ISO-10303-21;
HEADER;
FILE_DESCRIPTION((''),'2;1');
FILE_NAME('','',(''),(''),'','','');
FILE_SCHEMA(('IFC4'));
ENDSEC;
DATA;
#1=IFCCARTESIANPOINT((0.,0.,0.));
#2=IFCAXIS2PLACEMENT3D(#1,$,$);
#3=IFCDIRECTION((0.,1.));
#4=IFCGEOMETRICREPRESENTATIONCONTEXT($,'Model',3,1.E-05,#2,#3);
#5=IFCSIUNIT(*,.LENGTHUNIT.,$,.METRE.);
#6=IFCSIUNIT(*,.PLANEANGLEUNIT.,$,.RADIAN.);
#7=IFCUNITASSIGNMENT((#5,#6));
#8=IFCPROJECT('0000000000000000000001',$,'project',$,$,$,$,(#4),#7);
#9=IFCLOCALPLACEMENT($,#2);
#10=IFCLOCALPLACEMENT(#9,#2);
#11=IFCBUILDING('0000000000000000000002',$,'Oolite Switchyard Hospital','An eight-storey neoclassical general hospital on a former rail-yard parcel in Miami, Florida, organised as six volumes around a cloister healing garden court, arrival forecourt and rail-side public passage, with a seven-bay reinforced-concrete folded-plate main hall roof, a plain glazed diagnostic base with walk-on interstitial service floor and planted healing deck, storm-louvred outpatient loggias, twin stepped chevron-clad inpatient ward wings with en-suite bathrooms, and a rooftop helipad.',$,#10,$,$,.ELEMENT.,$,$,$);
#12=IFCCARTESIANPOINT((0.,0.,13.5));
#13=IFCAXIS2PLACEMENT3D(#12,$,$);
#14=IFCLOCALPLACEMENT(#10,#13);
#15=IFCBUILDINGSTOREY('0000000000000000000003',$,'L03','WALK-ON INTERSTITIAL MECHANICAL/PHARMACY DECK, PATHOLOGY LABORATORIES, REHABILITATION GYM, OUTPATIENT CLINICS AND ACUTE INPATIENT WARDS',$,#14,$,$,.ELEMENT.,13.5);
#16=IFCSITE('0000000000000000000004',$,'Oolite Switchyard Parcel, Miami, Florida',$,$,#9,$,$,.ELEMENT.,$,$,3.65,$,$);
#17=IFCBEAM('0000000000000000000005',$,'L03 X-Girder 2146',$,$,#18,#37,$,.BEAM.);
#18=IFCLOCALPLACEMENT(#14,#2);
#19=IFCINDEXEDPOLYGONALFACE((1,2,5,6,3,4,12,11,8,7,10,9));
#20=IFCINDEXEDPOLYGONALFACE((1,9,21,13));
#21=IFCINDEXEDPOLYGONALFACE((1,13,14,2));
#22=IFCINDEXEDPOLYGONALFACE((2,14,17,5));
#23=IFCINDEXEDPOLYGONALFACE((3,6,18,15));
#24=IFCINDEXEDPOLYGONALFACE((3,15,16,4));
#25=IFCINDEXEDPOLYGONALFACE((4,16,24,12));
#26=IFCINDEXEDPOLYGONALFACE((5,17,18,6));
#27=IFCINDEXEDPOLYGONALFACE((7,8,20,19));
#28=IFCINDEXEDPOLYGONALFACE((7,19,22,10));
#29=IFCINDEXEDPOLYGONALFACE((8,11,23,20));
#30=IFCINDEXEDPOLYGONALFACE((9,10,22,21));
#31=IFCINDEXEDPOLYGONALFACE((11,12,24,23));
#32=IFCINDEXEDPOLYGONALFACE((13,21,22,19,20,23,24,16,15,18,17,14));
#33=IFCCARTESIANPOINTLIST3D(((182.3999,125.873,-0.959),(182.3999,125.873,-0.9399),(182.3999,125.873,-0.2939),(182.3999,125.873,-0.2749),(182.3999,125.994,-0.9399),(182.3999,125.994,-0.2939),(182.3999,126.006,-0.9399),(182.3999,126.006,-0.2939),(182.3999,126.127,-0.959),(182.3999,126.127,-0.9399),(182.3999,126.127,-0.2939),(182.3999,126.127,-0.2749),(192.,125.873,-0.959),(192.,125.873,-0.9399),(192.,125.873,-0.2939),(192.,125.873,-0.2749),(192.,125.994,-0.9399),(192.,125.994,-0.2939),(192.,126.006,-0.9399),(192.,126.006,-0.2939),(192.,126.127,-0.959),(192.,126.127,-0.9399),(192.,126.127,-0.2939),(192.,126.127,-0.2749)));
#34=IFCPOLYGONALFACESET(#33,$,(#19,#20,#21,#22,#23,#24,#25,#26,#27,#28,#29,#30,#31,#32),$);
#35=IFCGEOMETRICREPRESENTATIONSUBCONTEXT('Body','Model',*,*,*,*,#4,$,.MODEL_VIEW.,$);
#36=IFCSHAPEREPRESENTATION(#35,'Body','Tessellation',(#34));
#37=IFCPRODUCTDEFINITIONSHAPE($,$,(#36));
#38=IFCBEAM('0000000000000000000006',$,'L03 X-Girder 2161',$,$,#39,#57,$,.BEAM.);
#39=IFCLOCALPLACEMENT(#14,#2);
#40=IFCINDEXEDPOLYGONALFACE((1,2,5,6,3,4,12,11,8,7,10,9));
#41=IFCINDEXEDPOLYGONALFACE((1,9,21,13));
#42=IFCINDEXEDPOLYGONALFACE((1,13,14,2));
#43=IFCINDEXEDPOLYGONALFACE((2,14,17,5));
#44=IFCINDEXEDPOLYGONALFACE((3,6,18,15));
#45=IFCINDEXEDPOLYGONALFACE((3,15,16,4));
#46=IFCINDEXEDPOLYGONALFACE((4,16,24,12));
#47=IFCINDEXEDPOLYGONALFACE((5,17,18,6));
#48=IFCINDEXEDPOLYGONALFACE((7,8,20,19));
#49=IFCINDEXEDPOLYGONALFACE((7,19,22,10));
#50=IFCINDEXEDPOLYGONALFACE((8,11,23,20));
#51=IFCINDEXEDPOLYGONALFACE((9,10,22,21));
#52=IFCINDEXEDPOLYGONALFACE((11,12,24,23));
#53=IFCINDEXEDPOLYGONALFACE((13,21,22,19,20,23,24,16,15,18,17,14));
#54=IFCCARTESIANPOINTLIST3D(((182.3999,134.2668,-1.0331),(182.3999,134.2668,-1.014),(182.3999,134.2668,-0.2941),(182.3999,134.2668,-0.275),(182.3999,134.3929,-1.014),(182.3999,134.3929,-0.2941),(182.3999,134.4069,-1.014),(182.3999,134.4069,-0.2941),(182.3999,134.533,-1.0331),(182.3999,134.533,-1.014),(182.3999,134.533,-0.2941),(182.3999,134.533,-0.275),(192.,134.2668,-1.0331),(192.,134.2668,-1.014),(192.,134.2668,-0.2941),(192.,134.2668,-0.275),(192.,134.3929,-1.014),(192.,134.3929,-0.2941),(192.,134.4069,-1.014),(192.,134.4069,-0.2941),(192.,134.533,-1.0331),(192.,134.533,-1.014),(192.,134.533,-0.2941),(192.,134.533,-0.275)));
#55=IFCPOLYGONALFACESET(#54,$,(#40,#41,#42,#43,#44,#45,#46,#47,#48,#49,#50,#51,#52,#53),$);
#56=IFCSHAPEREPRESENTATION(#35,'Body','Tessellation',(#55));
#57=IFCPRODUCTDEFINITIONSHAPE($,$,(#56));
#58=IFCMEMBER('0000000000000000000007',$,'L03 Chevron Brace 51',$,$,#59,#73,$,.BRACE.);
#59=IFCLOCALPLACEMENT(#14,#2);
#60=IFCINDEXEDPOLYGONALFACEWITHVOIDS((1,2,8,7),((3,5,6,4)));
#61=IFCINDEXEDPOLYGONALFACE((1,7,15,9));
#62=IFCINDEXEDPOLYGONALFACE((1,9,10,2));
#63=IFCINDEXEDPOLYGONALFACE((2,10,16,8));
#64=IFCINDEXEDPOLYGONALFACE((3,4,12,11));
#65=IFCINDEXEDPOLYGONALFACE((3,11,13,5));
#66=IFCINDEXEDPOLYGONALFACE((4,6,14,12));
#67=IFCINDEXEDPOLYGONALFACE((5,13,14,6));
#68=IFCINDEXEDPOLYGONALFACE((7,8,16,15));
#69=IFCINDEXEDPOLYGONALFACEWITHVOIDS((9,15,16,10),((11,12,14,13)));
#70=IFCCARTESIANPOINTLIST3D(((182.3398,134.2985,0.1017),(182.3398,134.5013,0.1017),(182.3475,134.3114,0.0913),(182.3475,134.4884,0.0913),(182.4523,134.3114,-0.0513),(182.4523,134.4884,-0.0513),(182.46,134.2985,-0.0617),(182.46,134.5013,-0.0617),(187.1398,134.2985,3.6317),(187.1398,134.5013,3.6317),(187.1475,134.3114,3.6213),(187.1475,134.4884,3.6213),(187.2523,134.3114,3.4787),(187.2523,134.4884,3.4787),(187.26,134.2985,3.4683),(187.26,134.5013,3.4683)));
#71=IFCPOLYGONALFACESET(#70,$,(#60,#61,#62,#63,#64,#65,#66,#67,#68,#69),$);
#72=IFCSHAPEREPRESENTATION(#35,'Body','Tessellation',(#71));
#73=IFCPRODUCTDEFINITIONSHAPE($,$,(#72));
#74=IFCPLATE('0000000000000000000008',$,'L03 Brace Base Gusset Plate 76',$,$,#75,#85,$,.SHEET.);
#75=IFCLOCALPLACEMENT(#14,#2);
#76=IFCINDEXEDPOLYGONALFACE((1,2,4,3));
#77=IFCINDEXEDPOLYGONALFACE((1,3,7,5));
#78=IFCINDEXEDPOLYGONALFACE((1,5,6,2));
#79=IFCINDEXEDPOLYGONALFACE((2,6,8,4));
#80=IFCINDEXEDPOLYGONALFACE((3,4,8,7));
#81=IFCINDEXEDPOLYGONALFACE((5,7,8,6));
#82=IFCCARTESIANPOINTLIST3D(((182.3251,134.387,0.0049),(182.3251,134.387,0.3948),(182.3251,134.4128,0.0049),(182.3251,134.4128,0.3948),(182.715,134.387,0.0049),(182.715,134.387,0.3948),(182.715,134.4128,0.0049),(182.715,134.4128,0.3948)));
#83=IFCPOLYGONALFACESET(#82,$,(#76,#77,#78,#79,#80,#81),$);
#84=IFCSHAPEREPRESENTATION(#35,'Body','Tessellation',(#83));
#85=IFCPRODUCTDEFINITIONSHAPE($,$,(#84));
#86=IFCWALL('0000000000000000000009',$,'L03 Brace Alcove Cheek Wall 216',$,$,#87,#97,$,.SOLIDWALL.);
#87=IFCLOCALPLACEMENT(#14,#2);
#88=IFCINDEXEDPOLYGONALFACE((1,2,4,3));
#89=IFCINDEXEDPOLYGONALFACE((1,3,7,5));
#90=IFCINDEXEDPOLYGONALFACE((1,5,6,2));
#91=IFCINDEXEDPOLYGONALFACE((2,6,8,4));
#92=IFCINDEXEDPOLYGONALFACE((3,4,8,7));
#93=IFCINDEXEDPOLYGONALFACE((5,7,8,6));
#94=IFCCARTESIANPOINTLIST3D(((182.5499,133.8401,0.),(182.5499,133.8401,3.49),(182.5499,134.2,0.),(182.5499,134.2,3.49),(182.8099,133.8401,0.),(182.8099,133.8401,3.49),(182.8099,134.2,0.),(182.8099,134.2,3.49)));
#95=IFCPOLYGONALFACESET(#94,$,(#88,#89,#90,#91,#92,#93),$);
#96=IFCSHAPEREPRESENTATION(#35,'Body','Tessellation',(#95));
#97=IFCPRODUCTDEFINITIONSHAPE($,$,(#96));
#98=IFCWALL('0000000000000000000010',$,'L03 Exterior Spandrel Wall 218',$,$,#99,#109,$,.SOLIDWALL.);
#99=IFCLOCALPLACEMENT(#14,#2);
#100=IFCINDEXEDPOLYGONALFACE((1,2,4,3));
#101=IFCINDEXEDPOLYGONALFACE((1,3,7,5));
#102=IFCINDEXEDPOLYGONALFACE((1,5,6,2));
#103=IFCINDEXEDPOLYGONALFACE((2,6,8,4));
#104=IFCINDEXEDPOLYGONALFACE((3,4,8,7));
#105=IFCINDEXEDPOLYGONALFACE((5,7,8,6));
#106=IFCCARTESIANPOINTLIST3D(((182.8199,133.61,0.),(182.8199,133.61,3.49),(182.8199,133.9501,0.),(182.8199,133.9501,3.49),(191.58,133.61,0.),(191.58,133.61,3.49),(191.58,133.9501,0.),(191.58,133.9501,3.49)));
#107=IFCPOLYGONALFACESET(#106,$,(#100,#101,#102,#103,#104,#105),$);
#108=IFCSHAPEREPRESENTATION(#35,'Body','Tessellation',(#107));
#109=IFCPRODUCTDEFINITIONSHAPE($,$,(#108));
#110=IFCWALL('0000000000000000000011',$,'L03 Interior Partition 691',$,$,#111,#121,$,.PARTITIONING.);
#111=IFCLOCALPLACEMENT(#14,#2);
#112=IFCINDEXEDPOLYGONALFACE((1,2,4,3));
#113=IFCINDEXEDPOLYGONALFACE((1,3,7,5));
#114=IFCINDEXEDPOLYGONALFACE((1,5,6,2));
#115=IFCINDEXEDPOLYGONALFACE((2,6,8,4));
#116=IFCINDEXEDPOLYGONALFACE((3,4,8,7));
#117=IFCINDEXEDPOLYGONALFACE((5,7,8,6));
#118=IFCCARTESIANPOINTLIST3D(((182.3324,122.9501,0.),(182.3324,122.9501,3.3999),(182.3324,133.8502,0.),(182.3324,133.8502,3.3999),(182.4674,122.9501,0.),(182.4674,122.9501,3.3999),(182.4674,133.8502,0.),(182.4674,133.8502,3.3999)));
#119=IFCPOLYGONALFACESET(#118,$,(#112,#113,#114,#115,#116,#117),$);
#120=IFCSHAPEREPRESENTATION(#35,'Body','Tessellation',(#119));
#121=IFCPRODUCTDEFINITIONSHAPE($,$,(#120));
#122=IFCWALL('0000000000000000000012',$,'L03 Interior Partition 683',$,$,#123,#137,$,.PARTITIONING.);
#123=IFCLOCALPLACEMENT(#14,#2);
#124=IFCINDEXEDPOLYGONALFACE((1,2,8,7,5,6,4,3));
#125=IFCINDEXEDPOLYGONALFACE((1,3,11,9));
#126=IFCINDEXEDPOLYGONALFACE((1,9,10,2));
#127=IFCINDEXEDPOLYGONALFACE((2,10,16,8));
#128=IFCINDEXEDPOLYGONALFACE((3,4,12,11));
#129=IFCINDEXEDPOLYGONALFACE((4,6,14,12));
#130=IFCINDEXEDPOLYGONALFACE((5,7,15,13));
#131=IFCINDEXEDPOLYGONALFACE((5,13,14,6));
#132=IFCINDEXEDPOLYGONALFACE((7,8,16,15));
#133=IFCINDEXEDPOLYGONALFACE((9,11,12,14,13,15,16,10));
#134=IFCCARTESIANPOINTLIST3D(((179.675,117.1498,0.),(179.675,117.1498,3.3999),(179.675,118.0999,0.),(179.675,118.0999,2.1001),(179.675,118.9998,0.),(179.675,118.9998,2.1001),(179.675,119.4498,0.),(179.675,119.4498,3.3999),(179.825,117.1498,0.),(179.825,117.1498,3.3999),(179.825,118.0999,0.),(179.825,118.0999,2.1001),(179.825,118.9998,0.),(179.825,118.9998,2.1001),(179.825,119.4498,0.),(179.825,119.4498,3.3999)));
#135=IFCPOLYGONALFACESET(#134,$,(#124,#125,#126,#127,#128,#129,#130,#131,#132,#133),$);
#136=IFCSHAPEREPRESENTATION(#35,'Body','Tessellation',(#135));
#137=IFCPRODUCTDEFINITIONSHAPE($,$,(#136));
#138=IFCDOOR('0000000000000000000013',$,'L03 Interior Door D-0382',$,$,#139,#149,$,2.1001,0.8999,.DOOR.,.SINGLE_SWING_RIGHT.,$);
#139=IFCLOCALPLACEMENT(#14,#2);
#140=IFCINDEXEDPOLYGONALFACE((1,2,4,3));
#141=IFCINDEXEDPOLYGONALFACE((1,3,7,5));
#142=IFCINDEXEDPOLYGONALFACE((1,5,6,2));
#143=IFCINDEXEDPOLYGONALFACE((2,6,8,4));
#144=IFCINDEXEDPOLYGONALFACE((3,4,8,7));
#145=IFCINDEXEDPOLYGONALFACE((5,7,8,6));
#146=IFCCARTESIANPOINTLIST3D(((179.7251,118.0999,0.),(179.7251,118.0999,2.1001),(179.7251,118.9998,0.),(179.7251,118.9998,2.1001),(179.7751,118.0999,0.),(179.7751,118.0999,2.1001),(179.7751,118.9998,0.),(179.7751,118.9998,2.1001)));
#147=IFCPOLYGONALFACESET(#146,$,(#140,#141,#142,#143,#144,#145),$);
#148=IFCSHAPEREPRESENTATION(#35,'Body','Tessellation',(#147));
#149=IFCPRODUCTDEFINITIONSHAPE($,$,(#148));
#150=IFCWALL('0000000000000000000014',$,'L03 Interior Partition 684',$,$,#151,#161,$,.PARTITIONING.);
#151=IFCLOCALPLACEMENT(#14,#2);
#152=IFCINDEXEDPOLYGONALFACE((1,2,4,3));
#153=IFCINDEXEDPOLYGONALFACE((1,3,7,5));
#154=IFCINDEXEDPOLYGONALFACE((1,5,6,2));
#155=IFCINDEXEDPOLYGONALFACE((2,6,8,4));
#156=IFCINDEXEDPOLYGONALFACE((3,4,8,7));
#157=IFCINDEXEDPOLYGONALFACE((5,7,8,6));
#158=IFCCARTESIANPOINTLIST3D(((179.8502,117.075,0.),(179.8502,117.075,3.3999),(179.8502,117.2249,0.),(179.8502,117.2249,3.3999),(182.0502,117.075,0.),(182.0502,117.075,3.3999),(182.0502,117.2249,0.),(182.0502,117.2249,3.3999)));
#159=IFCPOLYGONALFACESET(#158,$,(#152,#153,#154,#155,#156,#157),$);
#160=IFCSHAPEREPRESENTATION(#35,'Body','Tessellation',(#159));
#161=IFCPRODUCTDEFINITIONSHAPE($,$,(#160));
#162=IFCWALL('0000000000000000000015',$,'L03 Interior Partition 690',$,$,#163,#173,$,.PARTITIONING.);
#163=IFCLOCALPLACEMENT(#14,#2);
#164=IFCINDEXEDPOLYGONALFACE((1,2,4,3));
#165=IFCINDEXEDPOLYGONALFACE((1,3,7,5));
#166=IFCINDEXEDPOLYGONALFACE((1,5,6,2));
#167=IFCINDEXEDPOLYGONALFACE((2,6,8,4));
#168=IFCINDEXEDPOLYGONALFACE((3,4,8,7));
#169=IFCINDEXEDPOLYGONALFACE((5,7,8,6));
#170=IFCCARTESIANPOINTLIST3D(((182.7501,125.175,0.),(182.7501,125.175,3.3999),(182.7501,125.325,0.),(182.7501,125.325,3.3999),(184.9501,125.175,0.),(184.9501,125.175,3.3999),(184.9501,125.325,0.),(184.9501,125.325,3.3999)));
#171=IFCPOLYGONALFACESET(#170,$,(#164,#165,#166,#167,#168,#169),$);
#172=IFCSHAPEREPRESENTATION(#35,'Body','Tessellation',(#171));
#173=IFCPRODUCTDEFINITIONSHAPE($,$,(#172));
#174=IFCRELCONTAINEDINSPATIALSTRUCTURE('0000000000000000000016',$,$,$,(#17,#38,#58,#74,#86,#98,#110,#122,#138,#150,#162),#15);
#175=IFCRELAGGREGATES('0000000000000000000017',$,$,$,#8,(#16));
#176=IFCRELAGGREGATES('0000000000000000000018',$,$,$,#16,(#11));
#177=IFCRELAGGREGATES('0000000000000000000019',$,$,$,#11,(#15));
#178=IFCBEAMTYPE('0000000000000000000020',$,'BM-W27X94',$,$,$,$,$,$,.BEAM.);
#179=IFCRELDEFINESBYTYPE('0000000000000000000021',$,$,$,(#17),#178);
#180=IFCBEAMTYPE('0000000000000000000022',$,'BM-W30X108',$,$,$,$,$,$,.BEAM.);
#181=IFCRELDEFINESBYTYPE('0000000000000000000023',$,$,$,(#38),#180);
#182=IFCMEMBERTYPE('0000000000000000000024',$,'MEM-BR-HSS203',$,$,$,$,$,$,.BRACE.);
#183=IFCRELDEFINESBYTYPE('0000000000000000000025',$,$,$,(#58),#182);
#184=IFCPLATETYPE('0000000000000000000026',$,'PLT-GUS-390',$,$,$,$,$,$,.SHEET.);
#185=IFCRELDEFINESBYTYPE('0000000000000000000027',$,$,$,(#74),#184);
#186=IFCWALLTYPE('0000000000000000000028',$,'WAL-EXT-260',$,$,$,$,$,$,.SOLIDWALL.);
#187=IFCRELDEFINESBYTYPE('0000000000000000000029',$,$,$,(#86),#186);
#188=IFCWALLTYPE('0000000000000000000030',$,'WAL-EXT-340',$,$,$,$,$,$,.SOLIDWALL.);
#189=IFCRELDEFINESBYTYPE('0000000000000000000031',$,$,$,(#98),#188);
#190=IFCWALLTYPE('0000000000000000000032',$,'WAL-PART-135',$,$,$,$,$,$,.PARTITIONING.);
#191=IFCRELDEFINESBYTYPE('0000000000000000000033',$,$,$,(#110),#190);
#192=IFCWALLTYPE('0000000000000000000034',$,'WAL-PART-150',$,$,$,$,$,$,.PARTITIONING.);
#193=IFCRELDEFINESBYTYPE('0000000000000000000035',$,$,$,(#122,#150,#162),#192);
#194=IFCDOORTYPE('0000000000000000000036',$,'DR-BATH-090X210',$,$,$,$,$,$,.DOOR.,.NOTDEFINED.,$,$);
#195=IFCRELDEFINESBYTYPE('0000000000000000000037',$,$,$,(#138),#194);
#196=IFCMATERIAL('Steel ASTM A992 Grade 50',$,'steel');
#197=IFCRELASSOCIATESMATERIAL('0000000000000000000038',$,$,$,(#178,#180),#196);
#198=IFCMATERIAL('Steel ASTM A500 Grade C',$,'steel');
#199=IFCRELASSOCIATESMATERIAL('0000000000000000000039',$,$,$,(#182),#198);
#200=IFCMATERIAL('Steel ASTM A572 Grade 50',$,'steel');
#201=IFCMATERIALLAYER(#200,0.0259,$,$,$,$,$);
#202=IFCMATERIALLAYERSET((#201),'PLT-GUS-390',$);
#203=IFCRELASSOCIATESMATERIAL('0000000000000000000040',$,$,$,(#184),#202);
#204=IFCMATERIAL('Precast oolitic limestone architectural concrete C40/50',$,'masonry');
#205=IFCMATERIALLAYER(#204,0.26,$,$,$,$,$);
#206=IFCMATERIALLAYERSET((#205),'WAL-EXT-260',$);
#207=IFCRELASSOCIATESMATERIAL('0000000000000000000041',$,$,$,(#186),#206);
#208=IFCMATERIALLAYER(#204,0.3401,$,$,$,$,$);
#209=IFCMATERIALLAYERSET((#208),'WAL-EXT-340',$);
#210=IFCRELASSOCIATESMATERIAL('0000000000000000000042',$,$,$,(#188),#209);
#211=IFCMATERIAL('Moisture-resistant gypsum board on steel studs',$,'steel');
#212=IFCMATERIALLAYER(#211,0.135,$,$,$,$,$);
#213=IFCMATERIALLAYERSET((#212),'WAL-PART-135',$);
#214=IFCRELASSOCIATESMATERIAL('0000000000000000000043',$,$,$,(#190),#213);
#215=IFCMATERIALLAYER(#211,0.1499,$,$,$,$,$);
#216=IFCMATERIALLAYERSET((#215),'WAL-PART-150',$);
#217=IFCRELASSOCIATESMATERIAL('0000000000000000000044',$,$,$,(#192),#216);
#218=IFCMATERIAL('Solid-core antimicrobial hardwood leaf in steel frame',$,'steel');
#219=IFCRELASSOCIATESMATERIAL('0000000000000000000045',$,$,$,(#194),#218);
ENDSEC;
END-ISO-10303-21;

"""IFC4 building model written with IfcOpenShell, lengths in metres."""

from ifc_helpers import new_model, si_unit, direction, frame, frame_2d, origin, origin_2d, place, context, subcontext, project, spatial, rectangle, hollow_rectangle, i_section, extrude, material, layer, layer_set, material_profile, profile_set, type_object, element, fill, save


model = new_model("IFC4")

# Units and contexts
model_context = context("Model", 3, precision=1e-05, world=origin(), true_north=direction((0.0, 1.0)))
body_context = subcontext(model_context, "Body", "Model", "MODEL_VIEW")
ifc_project = project(units=[si_unit("LENGTHUNIT", "METRE"), si_unit("PLANEANGLEUNIT", "RADIAN")], contexts=[model_context])

# Site, building, storey
site_placement = place(None, origin())
site = spatial("IfcSite", under=ifc_project, at=site_placement, Name="Oolite Switchyard Parcel, Miami, Florida", CompositionType="ELEMENT", RefElevation=3.65)
building_placement = place(site_placement, origin())
building = spatial("IfcBuilding", under=site, at=building_placement, Name="Oolite Switchyard Hospital", Description="An eight-storey neoclassical general hospital on a former rail-yard parcel in Miami, Florida, organised as six volumes around a cloister healing garden court, arrival forecourt and rail-side public passage, with a seven-bay reinforced-concrete folded-plate main hall roof, a plain glazed diagnostic base with walk-on interstitial service floor and planted healing deck, storm-louvred outpatient loggias, twin stepped chevron-clad inpatient ward wings with en-suite bathrooms, and a rooftop helipad.", CompositionType="ELEMENT")
storey_placement = place(building_placement, frame((0.0, 0.0, 13.5)))
storey = spatial("IfcBuildingStorey", under=building, at=storey_placement, Name="L03", Description="WALK-ON INTERSTITIAL MECHANICAL/PHARMACY DECK, PATHOLOGY LABORATORIES, REHABILITATION GYM, OUTPATIENT CLINICS AND ACUTE INPATIENT WARDS", CompositionType="ELEMENT", Elevation=13.5)

# Beams
ifc_material_1 = material(Name="Steel ASTM A992 Grade 50", Category="steel")
ifc_material_profile_1 = material_profile(ifc_material_1, i_section(OverallWidth=0.2539, OverallDepth=0.6841, WebThickness=0.012, FlangeThickness=0.019, at=origin_2d()), Name="W27X94")
ifc_profile_set_1 = profile_set([ifc_material_profile_1], Name="Steel ASTM A992 Grade 50")
beam_type_1 = type_object("IfcBeamType", Name="BM-W27X94", PredefinedType="BEAM", material=ifc_profile_set_1)
for number, where, z_axis, x_axis, name in (
    (1, (182.3999, 126.0, -0.6169), (1.0, 0.0, 0.0), (0.0, 1.0, 0.0), "L03 X-Girder 2146"),
):
    element("IfcBeam", number, at=place(storey_placement, frame(where, z_axis=z_axis, x_axis=x_axis)), inside=storey, type_object=beam_type_1, Name=name, PredefinedType="BEAM", context=body_context, shape_type="SweptSolid", body=[
        extrude(i_section(OverallWidth=0.2539, OverallDepth=0.6841, WebThickness=0.012, FlangeThickness=0.019, at=origin_2d()), origin(), (0.0, 0.0, 1.0), 9.6001),
    ])
ifc_material_profile_2 = material_profile(ifc_material_1, i_section(OverallWidth=0.2661, OverallDepth=0.7581, WebThickness=0.0139, FlangeThickness=0.019, at=origin_2d()), Name="W30X108")
ifc_profile_set_2 = profile_set([ifc_material_profile_2], Name="Steel ASTM A992 Grade 50")
beam_type_2 = type_object("IfcBeamType", Name="BM-W30X108", PredefinedType="BEAM", material=ifc_profile_set_2)
beam_1_placement = place(storey_placement, frame((182.3999, 134.3999, -0.6541), z_axis=(1.0, 0.0, 0.0), x_axis=(0.0, 1.0, 0.0)))
element("IfcBeam", 2, at=beam_1_placement, inside=storey, type_object=beam_type_2, Name="L03 X-Girder 2161", PredefinedType="BEAM", context=body_context, shape_type="SweptSolid", body=[
    extrude(i_section(OverallWidth=0.2661, OverallDepth=0.7581, WebThickness=0.0139, FlangeThickness=0.019, at=origin_2d()), origin(), (0.0, 0.0, 1.0), 9.6001),
])

# Member
ifc_material_2 = material(Name="Steel ASTM A500 Grade C", Category="steel")
ifc_material_profile_3 = material_profile(ifc_material_2, hollow_rectangle(XDim=0.2029, YDim=0.2029, WallThickness=0.0129, at=origin_2d()), Name="HSS203X203X13")
ifc_profile_set_3 = profile_set([ifc_material_profile_3], Name="Steel ASTM A500 Grade C")
member_type = type_object("IfcMemberType", Name="MEM-BR-HSS203", PredefinedType="BRACE", material=ifc_profile_set_3)
member_placement = place(storey_placement, frame((182.3999, 134.3999, 0.02), z_axis=(0.805604, 0.0, 0.592454), x_axis=(0.0, 1.0, 0.0)))
element("IfcMember", 3, at=member_placement, inside=storey, type_object=member_type, Name="L03 Chevron Brace 51", PredefinedType="BRACE", context=body_context, shape_type="SweptSolid", body=[
    extrude(hollow_rectangle(XDim=0.2029, YDim=0.2029, WallThickness=0.0129, at=origin_2d()), origin(), (0.0, 0.0, 1.0), 5.9583),
])

# Plate
ifc_material_3 = material(Name="Steel ASTM A572 Grade 50", Category="steel")
ifc_layer_1 = layer(ifc_material_3, 0.0259)
ifc_layer_set_1 = layer_set([ifc_layer_1], Name="PLT-GUS-390")
plate_type = type_object("IfcPlateType", Name="PLT-GUS-390", PredefinedType="SHEET", material=ifc_layer_set_1)
plate_placement = place(storey_placement, frame((182.52, 134.3999, 0.0049), z_axis=(0.0, 0.0, 1.0), x_axis=(1.0, 0.0, 0.0)))
element("IfcPlate", 4, at=plate_placement, inside=storey, type_object=plate_type, Name="L03 Brace Base Gusset Plate 76", PredefinedType="SHEET", context=body_context, shape_type="SweptSolid", body=[
    extrude(rectangle(XDim=0.3899, YDim=0.0259, at=origin_2d()), origin(), (0.0, 0.0, 1.0), 0.3899),
])

# Walls
ifc_material_4 = material(Name="Precast oolitic limestone architectural concrete C40/50", Category="masonry")
ifc_layer_2 = layer(ifc_material_4, 0.26)
ifc_layer_set_2 = layer_set([ifc_layer_2], Name="WAL-EXT-260")
wall_type_1 = type_object("IfcWallType", Name="WAL-EXT-260", PredefinedType="SOLIDWALL", material=ifc_layer_set_2)
wall_1_placement = place(storey_placement, frame((182.6799, 134.2, 0.0), z_axis=(0.0, 0.0, 1.0), x_axis=(0.0, -1.0, 0.0)))
element("IfcWall", 5, at=wall_1_placement, inside=storey, type_object=wall_type_1, Name="L03 Brace Alcove Cheek Wall 216", PredefinedType="SOLIDWALL", context=body_context, shape_type="SweptSolid", body=[
    extrude(rectangle(XDim=0.3599, YDim=0.26, at=frame_2d((0.1799, 0.0))), origin(), (0.0, 0.0, 1.0), 3.49),
])
ifc_layer_3 = layer(ifc_material_4, 0.3401)
ifc_layer_set_3 = layer_set([ifc_layer_3], Name="WAL-EXT-340")
wall_type_2 = type_object("IfcWallType", Name="WAL-EXT-340", PredefinedType="SOLIDWALL", material=ifc_layer_set_3)
wall_2_placement = place(storey_placement, frame((182.8201, 133.78, 0.0), z_axis=(0.0, 0.0, 1.0), x_axis=(1.0, 0.0, 0.0)))
element("IfcWall", 6, at=wall_2_placement, inside=storey, type_object=wall_type_2, Name="L03 Exterior Spandrel Wall 218", PredefinedType="SOLIDWALL", context=body_context, shape_type="SweptSolid", body=[
    extrude(rectangle(XDim=8.76, YDim=0.3401, at=frame_2d((4.3799, 0.0))), origin(), (0.0, 0.0, 1.0), 3.49),
])
ifc_material_5 = material(Name="Moisture-resistant gypsum board on steel studs", Category="steel")
ifc_layer_4 = layer(ifc_material_5, 0.135)
ifc_layer_set_4 = layer_set([ifc_layer_4], Name="WAL-PART-135")
wall_type_3 = type_object("IfcWallType", Name="WAL-PART-135", PredefinedType="PARTITIONING", material=ifc_layer_set_4)
wall_3_placement = place(storey_placement, frame((182.3999, 122.95, 0.0), z_axis=(0.0, 0.0, 1.0), x_axis=(0.0, 1.0, 0.0)))
element("IfcWall", 7, at=wall_3_placement, inside=storey, type_object=wall_type_3, Name="L03 Interior Partition 691", PredefinedType="PARTITIONING", context=body_context, shape_type="SweptSolid", body=[
    extrude(rectangle(XDim=10.9001, YDim=0.135, at=frame_2d((5.4502, 0.0))), origin(), (0.0, 0.0, 1.0), 3.3999),
])

# Wall, opening, door
ifc_layer_5 = layer(ifc_material_5, 0.1499)
ifc_layer_set_5 = layer_set([ifc_layer_5], Name="WAL-PART-150")
wall_type_4 = type_object("IfcWallType", Name="WAL-PART-150", PredefinedType="PARTITIONING", material=ifc_layer_set_5)
wall_4_placement = place(storey_placement, frame((179.75, 117.1499, 0.0), z_axis=(0.0, 0.0, 1.0), x_axis=(0.0, 1.0, 0.0)))
wall_4 = element("IfcWall", 8, at=wall_4_placement, inside=storey, type_object=wall_type_4, Name="L03 Interior Partition 683", PredefinedType="PARTITIONING", context=body_context, shape_type="SweptSolid", body=[
    extrude(rectangle(XDim=2.3, YDim=0.1499, at=frame_2d((1.1499, 0.0))), origin(), (0.0, 0.0, 1.0), 3.3999),
])
opening_1_placement = place(wall_4_placement, frame((0.95, 0.0, 0.0)))
opening_1 = element("IfcOpeningElement", 9, at=opening_1_placement, cuts=wall_4, PredefinedType="OPENING", context=body_context, shape_type="SweptSolid", body=[
    extrude(rectangle(XDim=0.8999, YDim=2.1001, at=frame_2d((0.45, 1.05))), frame((0.0, 0.085, 0.0), z_axis=(0.0, -1.0, 0.0), x_axis=(1.0, 0.0, 0.0)), (0.0, 0.0, 1.0), 0.1699),
])
ifc_material_6 = material(Name="Solid-core antimicrobial hardwood leaf in steel frame", Category="steel")
door_type_1 = type_object("IfcDoorType", Name="DR-BATH-090X210", OperationType="NOTDEFINED", PredefinedType="DOOR", material=ifc_material_6)
door_1_placement = place(opening_1_placement, origin())
door_1 = element("IfcDoor", 10, at=door_1_placement, inside=storey, type_object=door_type_1, Name="L03 Interior Door D-0382", OperationType="SINGLE_SWING_RIGHT", OverallHeight=2.1001, OverallWidth=0.8999, PredefinedType="DOOR", context=body_context, shape_type="SweptSolid", body=[
    extrude(rectangle(XDim=0.8999, YDim=2.1001, at=frame_2d((0.45, 1.05))), frame((0.0, 0.0249, 0.0), z_axis=(0.0, -1.0, 0.0), x_axis=(1.0, 0.0, 0.0)), (0.0, 0.0, 1.0), 0.05),
])
fill(opening_1, door_1)

# Walls
for number, where, z_axis, x_axis, name in (
    (11, (179.8501, 117.1499, 0.0), (0.0, 0.0, 1.0), (1.0, 0.0, 0.0), "L03 Interior Partition 684"),
    (12, (182.75, 125.25, 0.0), (0.0, 0.0, 1.0), (1.0, 0.0, 0.0), "L03 Interior Partition 690"),
):
    element("IfcWall", number, at=place(storey_placement, frame(where, z_axis=z_axis, x_axis=x_axis)), inside=storey, type_object=wall_type_4, Name=name, PredefinedType="PARTITIONING", context=body_context, shape_type="SweptSolid", body=[
        extrude(rectangle(XDim=2.2, YDim=0.1499, at=frame_2d((1.1001, 0.0))), origin(), (0.0, 0.0, 1.0), 3.3999),
    ])

save(model, "model.ifc")
